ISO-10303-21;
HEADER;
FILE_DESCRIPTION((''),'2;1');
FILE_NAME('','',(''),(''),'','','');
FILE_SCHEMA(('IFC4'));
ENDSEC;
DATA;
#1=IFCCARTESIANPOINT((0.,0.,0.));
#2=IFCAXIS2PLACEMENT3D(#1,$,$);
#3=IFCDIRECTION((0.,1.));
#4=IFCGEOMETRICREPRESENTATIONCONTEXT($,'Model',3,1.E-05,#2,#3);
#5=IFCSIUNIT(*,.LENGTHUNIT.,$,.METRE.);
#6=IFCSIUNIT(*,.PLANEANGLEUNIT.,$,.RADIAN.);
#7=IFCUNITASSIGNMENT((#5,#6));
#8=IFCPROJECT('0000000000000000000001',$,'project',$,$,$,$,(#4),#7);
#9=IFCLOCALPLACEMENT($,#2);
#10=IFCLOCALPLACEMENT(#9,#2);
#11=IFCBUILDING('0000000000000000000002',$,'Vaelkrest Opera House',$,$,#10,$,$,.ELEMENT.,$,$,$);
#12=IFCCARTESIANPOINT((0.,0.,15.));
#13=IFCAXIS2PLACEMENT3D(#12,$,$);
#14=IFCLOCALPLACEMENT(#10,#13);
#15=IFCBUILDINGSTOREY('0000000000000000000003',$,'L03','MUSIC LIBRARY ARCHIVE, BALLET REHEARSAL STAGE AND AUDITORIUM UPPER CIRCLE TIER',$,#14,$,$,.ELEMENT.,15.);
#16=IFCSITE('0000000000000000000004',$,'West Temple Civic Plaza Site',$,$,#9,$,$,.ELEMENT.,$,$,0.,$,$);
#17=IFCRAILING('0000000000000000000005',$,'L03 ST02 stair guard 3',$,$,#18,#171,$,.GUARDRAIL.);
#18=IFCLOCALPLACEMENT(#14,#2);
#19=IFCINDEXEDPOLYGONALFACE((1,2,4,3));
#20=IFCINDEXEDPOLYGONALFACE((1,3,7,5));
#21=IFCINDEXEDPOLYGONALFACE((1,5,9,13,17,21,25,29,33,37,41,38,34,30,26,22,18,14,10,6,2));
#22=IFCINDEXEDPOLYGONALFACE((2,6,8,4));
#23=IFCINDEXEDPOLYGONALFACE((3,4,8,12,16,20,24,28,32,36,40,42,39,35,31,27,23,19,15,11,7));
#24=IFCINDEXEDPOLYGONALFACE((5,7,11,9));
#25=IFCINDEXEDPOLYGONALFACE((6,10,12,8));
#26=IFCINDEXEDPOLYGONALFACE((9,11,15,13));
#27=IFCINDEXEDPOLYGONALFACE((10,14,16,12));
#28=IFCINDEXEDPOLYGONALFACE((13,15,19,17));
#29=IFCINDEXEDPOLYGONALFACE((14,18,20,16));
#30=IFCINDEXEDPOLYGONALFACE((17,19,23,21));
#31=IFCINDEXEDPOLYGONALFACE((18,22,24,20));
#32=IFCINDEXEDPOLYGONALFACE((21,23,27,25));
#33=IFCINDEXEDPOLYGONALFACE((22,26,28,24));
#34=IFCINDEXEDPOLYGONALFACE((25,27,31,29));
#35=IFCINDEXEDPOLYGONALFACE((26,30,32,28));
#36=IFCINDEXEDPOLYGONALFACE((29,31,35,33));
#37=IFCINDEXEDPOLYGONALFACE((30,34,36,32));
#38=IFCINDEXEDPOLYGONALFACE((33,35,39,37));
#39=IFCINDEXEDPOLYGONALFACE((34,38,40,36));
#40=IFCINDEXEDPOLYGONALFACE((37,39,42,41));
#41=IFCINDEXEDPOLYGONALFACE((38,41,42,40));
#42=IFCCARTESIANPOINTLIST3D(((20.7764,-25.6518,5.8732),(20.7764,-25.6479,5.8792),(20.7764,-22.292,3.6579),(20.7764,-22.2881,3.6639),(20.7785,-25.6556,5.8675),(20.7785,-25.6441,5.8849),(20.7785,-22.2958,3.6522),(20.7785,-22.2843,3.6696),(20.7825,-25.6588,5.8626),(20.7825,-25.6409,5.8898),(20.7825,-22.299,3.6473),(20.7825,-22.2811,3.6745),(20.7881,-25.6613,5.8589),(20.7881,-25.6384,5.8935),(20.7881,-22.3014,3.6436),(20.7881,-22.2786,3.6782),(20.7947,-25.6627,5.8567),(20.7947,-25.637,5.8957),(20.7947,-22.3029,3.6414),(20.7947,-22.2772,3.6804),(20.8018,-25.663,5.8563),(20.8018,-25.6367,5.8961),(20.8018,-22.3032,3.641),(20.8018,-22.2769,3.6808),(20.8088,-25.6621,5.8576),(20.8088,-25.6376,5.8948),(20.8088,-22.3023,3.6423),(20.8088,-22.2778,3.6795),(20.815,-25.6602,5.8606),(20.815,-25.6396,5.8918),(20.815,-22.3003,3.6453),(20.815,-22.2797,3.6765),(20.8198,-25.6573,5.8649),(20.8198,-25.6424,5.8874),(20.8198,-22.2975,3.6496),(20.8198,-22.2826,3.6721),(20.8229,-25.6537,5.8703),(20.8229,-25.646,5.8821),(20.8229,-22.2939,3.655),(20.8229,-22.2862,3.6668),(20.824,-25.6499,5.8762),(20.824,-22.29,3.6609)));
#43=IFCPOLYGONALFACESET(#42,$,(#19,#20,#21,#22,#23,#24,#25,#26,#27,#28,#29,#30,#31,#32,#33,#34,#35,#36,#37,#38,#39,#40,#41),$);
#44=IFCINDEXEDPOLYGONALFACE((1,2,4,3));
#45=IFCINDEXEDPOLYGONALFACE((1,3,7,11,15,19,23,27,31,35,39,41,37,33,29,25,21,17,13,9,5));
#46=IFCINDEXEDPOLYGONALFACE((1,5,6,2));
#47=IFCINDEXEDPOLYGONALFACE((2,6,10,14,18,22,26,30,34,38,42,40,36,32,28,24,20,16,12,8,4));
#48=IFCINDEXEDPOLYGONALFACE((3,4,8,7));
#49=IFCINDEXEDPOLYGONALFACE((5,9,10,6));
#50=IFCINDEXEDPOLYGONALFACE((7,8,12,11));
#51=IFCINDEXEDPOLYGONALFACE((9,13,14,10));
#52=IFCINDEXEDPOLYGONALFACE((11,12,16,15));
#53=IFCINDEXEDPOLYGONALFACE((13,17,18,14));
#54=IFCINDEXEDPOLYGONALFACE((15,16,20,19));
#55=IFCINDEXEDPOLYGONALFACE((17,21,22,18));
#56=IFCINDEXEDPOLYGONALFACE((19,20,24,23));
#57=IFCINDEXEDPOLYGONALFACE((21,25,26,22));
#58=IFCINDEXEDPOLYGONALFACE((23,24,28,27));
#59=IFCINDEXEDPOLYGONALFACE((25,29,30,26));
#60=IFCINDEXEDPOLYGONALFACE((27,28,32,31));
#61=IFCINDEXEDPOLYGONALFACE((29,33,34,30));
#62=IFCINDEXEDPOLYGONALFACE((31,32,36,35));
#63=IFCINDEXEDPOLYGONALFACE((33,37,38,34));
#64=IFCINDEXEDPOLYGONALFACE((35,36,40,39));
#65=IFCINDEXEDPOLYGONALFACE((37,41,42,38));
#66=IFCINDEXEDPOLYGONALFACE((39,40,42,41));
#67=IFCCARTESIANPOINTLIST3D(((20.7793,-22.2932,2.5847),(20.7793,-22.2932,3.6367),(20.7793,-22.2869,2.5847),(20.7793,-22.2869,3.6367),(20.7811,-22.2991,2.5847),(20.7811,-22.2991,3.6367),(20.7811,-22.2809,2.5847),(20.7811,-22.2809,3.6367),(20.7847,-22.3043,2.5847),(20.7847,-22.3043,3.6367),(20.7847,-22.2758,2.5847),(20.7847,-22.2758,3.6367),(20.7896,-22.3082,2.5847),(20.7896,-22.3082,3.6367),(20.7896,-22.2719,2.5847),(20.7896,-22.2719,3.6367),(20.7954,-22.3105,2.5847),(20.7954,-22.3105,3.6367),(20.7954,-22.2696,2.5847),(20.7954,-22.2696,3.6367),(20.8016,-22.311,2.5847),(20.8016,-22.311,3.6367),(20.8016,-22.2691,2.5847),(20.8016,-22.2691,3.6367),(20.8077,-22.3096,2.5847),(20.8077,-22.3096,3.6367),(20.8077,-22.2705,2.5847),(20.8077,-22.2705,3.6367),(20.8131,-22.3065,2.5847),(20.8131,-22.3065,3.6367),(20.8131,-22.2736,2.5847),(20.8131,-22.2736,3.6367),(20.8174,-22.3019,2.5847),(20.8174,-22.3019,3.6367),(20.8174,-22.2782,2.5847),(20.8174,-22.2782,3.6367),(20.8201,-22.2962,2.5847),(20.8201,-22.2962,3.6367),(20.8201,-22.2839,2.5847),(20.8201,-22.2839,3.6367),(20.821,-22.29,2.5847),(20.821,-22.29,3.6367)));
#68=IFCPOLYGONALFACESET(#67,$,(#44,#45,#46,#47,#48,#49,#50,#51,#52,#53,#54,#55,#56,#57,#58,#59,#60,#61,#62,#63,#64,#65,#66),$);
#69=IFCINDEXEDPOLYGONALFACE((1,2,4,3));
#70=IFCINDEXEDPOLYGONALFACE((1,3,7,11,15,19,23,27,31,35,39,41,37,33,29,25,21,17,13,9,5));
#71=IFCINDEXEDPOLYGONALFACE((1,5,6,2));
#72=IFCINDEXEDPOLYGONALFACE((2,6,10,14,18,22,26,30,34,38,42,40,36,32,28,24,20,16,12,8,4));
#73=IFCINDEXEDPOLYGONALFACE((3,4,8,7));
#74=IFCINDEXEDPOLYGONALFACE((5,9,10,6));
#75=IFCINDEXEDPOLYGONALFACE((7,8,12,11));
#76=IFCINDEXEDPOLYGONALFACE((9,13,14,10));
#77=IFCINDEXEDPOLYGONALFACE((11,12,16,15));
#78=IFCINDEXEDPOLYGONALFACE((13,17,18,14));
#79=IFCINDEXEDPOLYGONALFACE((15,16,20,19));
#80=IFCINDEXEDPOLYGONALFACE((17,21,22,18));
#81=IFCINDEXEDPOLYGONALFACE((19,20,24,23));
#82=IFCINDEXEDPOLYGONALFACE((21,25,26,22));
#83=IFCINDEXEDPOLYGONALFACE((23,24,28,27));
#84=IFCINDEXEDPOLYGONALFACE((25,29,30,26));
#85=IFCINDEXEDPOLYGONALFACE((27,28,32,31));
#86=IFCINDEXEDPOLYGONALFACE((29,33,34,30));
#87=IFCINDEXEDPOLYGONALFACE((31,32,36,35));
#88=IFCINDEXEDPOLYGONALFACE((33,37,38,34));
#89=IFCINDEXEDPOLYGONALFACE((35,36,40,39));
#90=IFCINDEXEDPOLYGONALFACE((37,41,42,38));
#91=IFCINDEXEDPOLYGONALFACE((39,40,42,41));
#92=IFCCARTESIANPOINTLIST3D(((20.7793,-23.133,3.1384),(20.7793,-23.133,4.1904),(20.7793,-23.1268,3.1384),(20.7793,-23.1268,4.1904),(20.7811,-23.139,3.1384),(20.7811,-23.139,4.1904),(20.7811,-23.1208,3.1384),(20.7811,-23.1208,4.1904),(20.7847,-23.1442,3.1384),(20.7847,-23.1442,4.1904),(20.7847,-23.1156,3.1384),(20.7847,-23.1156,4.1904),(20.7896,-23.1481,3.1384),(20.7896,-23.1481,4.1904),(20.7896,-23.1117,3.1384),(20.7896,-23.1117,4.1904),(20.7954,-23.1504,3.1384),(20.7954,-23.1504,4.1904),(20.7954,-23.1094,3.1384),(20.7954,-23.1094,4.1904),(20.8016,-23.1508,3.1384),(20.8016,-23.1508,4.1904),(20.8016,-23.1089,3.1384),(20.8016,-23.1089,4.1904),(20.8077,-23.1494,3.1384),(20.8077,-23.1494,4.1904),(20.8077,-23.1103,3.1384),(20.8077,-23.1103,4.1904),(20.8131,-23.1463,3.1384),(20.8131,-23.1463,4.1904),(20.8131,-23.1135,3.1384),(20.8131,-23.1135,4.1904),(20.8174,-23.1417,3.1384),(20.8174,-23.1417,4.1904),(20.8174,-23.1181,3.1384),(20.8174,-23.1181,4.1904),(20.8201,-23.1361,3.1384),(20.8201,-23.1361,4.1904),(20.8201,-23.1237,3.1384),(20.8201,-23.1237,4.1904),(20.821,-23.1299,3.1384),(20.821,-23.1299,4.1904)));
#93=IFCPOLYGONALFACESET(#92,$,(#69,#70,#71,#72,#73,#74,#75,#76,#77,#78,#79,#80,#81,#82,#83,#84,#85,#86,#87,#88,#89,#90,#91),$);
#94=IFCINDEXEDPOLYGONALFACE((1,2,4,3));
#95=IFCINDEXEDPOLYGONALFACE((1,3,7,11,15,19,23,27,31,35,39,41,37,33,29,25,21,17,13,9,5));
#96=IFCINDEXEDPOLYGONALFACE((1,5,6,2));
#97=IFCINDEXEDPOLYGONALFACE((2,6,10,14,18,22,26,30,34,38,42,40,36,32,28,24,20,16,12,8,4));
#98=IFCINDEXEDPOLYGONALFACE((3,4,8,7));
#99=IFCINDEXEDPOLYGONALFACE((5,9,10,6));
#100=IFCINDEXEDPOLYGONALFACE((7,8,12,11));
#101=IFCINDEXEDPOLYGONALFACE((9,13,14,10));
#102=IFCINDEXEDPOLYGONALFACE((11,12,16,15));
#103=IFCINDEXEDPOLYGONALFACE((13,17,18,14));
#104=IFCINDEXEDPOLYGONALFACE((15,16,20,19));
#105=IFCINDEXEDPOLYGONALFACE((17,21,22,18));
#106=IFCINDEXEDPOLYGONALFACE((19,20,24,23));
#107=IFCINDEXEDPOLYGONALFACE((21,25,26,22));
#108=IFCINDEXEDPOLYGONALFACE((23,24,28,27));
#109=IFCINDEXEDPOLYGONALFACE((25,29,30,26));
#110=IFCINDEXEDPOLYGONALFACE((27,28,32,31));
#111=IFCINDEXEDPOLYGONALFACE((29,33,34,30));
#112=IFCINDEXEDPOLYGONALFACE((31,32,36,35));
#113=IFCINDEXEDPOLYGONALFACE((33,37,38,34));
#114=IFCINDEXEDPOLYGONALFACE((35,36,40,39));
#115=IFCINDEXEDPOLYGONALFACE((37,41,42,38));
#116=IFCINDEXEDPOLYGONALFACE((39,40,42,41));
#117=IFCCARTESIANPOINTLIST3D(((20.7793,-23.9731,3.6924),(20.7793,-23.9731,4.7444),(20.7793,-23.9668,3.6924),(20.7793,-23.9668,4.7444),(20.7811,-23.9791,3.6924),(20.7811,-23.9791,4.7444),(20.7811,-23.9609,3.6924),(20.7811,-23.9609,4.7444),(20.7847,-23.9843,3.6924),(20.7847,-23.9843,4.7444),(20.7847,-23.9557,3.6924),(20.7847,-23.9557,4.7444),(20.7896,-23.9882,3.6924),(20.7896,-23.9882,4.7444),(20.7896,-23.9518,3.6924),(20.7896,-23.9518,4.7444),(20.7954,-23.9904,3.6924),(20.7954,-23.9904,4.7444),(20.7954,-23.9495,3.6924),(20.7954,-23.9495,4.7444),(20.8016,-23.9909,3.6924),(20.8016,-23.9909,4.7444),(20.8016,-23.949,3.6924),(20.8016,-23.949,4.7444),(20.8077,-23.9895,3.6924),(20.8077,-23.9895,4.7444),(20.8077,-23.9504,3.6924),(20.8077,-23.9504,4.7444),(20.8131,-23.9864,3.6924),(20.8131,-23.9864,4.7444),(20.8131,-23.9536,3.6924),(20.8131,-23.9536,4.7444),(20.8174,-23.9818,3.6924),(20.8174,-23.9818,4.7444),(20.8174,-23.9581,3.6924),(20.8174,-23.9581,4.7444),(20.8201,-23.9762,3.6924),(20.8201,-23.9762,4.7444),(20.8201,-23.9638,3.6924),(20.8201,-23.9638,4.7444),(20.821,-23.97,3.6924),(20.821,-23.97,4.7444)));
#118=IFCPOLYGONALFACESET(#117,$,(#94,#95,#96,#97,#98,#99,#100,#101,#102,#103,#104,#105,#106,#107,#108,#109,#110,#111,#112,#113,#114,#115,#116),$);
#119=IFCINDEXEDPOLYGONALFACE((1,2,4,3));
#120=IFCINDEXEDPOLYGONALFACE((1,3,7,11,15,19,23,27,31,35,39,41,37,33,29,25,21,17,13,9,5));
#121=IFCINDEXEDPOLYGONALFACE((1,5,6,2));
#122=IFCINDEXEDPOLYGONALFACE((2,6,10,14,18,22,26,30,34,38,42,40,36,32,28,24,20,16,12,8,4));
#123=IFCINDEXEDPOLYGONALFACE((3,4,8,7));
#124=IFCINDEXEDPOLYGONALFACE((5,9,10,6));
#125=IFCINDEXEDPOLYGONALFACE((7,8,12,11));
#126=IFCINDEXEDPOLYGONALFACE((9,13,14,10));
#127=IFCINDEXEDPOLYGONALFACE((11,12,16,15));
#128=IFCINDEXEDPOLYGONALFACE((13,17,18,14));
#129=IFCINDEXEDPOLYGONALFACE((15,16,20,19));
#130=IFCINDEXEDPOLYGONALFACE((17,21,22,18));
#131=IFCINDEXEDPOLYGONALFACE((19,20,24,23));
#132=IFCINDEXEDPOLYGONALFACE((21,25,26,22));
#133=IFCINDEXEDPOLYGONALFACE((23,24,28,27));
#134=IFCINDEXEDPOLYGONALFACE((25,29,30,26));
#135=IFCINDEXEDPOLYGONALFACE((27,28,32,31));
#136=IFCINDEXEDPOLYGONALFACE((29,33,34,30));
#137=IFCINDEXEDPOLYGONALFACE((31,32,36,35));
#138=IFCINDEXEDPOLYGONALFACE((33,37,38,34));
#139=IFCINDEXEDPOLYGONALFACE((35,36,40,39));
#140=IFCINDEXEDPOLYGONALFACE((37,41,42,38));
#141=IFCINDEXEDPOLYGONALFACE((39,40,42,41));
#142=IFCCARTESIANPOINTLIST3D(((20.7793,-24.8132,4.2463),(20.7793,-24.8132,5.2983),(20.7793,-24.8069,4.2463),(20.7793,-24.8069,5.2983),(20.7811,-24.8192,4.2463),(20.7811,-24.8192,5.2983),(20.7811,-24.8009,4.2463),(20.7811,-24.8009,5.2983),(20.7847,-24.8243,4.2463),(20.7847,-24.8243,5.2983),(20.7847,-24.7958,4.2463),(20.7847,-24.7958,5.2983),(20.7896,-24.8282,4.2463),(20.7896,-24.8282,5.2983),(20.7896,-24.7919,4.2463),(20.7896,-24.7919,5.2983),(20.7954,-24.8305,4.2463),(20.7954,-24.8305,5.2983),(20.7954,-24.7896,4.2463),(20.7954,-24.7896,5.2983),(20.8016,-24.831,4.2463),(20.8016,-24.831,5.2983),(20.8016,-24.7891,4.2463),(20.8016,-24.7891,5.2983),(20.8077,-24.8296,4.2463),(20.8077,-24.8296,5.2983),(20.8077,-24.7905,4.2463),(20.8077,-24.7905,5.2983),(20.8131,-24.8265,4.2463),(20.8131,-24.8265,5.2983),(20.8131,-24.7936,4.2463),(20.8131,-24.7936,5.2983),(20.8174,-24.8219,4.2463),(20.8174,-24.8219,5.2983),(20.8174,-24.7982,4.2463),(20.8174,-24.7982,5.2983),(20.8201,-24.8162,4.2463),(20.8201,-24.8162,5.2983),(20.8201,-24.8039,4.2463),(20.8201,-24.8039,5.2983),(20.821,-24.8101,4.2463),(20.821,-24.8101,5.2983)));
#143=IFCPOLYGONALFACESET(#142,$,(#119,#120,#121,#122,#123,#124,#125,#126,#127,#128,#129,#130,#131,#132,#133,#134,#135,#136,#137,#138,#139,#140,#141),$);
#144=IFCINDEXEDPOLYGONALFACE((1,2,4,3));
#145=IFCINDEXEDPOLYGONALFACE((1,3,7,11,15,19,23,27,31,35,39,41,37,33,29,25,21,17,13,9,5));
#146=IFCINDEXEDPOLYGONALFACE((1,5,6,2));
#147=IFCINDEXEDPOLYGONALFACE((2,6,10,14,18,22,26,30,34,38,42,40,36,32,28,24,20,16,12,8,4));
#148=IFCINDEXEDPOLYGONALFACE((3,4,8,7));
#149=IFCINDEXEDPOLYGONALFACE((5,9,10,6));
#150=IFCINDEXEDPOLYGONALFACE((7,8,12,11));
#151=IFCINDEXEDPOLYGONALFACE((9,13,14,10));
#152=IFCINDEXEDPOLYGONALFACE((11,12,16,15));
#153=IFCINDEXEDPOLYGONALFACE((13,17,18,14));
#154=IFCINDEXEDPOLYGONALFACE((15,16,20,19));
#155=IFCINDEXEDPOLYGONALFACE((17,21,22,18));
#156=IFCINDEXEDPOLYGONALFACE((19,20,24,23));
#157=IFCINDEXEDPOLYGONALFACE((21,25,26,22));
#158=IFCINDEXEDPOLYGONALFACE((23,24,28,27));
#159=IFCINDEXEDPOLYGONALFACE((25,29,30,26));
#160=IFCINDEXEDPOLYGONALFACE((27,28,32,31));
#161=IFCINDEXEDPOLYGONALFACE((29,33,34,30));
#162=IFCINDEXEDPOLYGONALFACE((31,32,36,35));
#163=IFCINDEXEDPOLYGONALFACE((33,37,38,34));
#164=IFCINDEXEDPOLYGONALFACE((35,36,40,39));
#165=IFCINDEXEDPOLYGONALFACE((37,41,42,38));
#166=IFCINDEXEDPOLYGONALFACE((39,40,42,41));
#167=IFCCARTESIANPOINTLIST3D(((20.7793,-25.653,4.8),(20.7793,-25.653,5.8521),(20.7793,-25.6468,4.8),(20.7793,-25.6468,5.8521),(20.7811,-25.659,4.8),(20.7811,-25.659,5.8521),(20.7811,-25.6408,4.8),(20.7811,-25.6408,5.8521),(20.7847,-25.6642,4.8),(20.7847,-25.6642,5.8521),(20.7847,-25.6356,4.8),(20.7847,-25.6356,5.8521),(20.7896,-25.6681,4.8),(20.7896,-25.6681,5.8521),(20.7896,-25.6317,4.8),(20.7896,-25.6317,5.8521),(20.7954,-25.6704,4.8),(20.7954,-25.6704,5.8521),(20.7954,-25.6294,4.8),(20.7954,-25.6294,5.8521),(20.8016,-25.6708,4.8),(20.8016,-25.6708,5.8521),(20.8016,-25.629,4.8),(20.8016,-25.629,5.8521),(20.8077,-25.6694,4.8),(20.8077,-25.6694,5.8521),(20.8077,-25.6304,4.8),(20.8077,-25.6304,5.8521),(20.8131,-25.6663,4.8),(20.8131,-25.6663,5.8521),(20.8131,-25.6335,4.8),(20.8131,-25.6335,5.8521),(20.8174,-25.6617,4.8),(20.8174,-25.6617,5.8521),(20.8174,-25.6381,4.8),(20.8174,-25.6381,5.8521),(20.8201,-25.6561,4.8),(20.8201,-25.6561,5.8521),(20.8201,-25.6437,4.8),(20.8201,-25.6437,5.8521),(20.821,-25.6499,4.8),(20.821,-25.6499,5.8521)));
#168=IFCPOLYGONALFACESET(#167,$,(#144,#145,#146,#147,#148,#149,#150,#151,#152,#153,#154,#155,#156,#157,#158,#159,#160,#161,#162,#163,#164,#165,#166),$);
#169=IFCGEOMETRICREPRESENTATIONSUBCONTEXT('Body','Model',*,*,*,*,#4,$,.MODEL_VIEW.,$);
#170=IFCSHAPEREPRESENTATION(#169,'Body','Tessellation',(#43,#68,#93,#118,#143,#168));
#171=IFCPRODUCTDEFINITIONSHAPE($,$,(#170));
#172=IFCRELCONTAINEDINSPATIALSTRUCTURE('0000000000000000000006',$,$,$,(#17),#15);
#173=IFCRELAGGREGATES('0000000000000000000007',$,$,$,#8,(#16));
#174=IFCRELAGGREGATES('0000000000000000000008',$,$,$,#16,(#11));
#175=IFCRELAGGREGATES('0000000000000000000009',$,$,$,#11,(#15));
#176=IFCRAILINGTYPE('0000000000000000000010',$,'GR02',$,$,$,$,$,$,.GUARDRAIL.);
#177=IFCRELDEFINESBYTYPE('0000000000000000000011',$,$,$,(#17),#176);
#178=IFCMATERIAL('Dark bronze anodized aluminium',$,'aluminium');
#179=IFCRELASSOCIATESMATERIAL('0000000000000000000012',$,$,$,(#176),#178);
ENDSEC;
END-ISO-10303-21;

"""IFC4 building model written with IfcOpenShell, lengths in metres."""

from ifc_helpers import new_model, si_unit, direction, frame, origin, origin_2d, place, context, subcontext, project, spatial, circle, extrude, material, type_object, element, save


model = new_model("IFC4")

# Units and contexts
model_context = context("Model", 3, precision=1e-05, world=origin(), true_north=direction((0.0, 1.0)))
body_context = subcontext(model_context, "Body", "Model", "MODEL_VIEW")
ifc_project = project(units=[si_unit("LENGTHUNIT", "METRE"), si_unit("PLANEANGLEUNIT", "RADIAN")], contexts=[model_context])

# Site, building, storey
site_placement = place(None, origin())
site = spatial("IfcSite", under=ifc_project, at=site_placement, Name="West Temple Civic Plaza Site", CompositionType="ELEMENT", RefElevation=0.0)
building_placement = place(site_placement, origin())
building = spatial("IfcBuilding", under=site, at=building_placement, Name="Vaelkrest Opera House", CompositionType="ELEMENT")
storey_placement = place(building_placement, frame((0.0, 0.0, 15.0)))
storey = spatial("IfcBuildingStorey", under=building, at=storey_placement, Name="L03", Description="MUSIC LIBRARY ARCHIVE, BALLET REHEARSAL STAGE AND AUDITORIUM UPPER CIRCLE TIER", CompositionType="ELEMENT", Elevation=15.0)

# Shared definitions
ifc_material_1 = material(Name="Dark bronze anodized aluminium", Category="aluminium")

# Railing
railing_type_1 = type_object("IfcRailingType", Name="GR02", PredefinedType="GUARDRAIL", material=ifc_material_1)
railing_1_placement = place(storey_placement, frame((20.8, -22.29, 2.5847)))
element("IfcRailing", 1, at=railing_1_placement, inside=storey, type_object=railing_type_1, Name="L03 ST02 stair guard 3", PredefinedType="GUARDRAIL", context=body_context, shape_type="SweptSolid", body=[
    extrude(circle(Radius=0.0239, at=origin_2d()), frame((0.0, 0.0, 1.0762), z_axis=(0.0, -0.834858, 0.550465), x_axis=(1.0, 0.0, 0.0)), (0.0, 0.0, 1.0), 4.0244),
    extrude(circle(Radius=0.021, at=origin_2d()), origin(), (0.0, 0.0, 1.0), 1.052),
    extrude(circle(Radius=0.021, at=origin_2d()), frame((0.0, -0.8398, 0.5537)), (0.0, 0.0, 1.0), 1.052),
    extrude(circle(Radius=0.021, at=origin_2d()), frame((0.0, -1.6799, 1.1077)), (0.0, 0.0, 1.0), 1.052),
    extrude(circle(Radius=0.021, at=origin_2d()), frame((0.0, -2.52, 1.6616)), (0.0, 0.0, 1.0), 1.052),
    extrude(circle(Radius=0.021, at=origin_2d()), frame((0.0, -3.3599, 2.2153)), (0.0, 0.0, 1.0), 1.052),
])

save(model, "model.ifc")
